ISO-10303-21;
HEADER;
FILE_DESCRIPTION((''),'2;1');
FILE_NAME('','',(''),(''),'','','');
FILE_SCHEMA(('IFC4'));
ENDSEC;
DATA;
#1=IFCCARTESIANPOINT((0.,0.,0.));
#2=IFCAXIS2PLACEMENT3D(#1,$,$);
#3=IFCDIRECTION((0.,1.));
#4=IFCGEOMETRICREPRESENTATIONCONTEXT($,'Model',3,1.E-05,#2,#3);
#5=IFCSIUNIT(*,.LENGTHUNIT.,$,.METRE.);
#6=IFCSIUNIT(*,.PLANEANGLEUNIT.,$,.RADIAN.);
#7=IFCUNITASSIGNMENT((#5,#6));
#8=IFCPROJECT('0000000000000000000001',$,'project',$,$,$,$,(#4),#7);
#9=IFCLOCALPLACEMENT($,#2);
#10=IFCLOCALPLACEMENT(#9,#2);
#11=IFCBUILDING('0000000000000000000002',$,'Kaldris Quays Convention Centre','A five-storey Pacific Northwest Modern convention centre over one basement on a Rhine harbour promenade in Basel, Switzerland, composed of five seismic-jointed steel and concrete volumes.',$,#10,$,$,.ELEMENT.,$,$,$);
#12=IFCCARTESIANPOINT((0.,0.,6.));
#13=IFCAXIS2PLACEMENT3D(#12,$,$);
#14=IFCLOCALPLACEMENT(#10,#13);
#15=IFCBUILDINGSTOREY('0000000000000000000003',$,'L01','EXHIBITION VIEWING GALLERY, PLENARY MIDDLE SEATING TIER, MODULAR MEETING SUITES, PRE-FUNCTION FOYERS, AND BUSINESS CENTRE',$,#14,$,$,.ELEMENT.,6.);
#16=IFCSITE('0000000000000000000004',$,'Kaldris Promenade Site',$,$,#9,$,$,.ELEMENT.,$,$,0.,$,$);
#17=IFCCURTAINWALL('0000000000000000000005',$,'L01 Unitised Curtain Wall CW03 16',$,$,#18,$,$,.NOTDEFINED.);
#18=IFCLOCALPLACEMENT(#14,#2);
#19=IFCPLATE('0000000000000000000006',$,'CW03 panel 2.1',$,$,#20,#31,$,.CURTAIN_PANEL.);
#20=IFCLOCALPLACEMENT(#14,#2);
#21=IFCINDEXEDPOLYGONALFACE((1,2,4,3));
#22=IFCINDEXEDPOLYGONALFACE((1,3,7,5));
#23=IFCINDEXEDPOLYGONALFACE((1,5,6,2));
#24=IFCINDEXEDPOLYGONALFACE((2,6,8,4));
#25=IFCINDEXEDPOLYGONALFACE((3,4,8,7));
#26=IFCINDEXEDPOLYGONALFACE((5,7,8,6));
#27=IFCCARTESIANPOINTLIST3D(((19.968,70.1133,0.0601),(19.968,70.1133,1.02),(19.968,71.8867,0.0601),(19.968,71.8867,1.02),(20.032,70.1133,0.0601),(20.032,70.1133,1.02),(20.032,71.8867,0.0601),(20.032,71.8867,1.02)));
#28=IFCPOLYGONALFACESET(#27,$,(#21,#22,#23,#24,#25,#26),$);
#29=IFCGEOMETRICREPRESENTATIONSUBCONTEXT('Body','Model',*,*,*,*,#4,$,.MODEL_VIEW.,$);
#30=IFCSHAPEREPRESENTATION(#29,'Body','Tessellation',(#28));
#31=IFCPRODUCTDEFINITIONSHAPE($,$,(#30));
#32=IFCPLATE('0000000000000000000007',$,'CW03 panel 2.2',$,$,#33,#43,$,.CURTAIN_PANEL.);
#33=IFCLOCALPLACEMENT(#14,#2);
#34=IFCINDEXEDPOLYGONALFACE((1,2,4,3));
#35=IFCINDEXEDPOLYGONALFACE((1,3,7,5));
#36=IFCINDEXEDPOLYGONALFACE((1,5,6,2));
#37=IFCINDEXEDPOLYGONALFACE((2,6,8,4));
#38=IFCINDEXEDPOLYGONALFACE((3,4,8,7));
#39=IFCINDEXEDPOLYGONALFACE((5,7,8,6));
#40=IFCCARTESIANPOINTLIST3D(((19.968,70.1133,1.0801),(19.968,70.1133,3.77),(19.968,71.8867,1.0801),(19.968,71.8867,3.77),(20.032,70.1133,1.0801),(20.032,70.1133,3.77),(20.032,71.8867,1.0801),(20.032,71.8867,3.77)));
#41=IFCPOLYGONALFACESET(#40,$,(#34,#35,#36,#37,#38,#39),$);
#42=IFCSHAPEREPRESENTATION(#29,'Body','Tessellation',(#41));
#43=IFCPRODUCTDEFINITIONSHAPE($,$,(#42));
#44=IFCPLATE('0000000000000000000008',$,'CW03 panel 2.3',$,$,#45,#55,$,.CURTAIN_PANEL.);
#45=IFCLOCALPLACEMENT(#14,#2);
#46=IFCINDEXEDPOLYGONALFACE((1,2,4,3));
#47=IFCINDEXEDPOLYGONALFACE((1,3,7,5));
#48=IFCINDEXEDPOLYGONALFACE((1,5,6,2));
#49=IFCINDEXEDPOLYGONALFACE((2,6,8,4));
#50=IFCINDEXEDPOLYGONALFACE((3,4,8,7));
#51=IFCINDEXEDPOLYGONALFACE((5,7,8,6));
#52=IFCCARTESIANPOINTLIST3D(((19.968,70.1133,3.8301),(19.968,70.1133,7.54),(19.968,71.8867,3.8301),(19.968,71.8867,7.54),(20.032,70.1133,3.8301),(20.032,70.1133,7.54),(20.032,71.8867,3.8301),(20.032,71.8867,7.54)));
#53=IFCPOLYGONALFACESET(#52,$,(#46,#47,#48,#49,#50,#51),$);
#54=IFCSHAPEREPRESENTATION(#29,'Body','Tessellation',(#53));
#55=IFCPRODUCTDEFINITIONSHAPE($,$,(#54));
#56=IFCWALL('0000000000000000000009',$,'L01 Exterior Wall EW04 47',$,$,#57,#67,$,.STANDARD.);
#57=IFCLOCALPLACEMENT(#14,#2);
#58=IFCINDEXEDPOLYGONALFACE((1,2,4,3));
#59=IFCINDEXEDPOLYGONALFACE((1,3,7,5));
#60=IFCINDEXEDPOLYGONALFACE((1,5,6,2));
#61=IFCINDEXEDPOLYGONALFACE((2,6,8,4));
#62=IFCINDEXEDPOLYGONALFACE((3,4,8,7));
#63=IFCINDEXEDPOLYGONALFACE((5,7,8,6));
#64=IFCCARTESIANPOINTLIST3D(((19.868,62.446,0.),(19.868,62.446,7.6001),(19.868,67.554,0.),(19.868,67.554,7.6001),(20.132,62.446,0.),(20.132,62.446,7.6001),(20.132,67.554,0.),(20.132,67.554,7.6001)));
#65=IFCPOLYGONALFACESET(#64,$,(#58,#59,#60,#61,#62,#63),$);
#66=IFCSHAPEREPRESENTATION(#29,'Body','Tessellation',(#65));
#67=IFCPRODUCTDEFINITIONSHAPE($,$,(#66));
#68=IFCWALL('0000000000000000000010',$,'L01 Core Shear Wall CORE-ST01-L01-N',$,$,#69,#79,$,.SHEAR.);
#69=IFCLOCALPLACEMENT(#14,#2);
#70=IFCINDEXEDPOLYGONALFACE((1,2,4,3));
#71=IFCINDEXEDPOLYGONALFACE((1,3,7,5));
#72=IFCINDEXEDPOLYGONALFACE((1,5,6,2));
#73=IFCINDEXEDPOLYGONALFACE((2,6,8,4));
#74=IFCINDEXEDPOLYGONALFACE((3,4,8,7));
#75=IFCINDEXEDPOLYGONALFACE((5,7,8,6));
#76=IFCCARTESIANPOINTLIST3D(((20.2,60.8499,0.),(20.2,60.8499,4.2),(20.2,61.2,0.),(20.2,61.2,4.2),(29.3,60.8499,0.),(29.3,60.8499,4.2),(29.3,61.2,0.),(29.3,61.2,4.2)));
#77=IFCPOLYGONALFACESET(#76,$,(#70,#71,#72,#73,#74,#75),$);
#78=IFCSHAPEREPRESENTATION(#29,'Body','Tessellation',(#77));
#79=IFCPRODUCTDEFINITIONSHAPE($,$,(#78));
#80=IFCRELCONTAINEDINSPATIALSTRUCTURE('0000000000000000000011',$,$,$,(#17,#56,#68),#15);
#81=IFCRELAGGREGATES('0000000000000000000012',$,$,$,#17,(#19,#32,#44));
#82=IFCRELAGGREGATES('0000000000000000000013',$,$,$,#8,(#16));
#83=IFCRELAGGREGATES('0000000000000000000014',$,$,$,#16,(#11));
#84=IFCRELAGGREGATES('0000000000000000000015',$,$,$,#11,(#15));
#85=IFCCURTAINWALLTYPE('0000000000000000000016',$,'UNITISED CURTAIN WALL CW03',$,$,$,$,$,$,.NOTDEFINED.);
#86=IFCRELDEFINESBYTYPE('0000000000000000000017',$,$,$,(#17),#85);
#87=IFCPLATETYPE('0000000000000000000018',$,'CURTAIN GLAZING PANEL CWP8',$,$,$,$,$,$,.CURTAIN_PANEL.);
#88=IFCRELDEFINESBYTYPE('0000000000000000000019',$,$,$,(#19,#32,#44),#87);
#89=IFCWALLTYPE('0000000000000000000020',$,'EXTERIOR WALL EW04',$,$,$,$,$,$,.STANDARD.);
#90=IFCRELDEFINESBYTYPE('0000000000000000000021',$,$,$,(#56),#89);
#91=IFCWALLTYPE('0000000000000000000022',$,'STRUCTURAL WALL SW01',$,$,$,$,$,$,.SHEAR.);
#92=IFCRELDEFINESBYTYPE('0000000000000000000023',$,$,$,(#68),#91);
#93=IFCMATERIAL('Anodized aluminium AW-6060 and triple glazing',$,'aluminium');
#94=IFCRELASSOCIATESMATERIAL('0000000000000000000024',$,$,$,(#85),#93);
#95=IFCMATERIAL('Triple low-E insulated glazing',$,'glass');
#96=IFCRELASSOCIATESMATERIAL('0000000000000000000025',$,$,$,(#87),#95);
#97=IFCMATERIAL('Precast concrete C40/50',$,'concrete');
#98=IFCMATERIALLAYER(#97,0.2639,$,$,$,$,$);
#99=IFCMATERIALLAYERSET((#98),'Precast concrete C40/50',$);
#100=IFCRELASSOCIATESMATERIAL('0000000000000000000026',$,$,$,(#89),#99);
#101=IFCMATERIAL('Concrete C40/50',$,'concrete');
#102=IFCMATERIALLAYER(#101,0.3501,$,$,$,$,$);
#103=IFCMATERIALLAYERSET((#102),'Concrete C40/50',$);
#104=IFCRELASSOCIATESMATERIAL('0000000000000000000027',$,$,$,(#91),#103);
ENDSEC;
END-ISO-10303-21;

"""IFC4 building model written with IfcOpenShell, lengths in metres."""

from ifc_helpers import new_model, si_unit, direction, frame, frame_2d, origin, origin_2d, place, context, subcontext, project, spatial, rectangle, extrude, material, layer, layer_set, type_object, element, aggregate, save


model = new_model("IFC4")

# Units and contexts
model_context = context("Model", 3, precision=1e-05, world=origin(), true_north=direction((0.0, 1.0)))
body_context = subcontext(model_context, "Body", "Model", "MODEL_VIEW")
ifc_project = project(units=[si_unit("LENGTHUNIT", "METRE"), si_unit("PLANEANGLEUNIT", "RADIAN")], contexts=[model_context])

# Site, building, storey
site_placement = place(None, origin())
site = spatial("IfcSite", under=ifc_project, at=site_placement, Name="Kaldris Promenade Site", CompositionType="ELEMENT", RefElevation=0.0)
building_placement = place(site_placement, origin())
building = spatial("IfcBuilding", under=site, at=building_placement, Name="Kaldris Quays Convention Centre", Description="A five-storey Pacific Northwest Modern convention centre over one basement on a Rhine harbour promenade in Basel, Switzerland, composed of five seismic-jointed steel and concrete volumes.", CompositionType="ELEMENT")
storey_placement = place(building_placement, frame((0.0, 0.0, 6.0)))
storey = spatial("IfcBuildingStorey", under=building, at=storey_placement, Name="L01", Description="EXHIBITION VIEWING GALLERY, PLENARY MIDDLE SEATING TIER, MODULAR MEETING SUITES, PRE-FUNCTION FOYERS, AND BUSINESS CENTRE", CompositionType="ELEMENT", Elevation=6.0)

# Shared definitions
ifc_material_1 = material(Name="Anodized aluminium AW-6060 and triple glazing", Category="aluminium")
curtain_wall_type = type_object("IfcCurtainWallType", Name="UNITISED CURTAIN WALL CW03", PredefinedType="NOTDEFINED", material=ifc_material_1)

# Curtain wall, plates
curtain_wall_1_placement = place(storey_placement, origin())
curtain_wall_1 = element("IfcCurtainWall", 1, at=curtain_wall_1_placement, inside=storey, type_object=curtain_wall_type, Name="L01 Unitised Curtain Wall CW03 16", PredefinedType="NOTDEFINED")
ifc_material_2 = material(Name="Triple low-E insulated glazing", Category="glass")
plate_type = type_object("IfcPlateType", Name="CURTAIN GLAZING PANEL CWP8", PredefinedType="CURTAIN_PANEL", material=ifc_material_2)
plate_1_placement = place(storey_placement, frame((20.0, 71.0, 0.0601), z_axis=(0.0, 0.0, 1.0), x_axis=(0.0, 1.0, 0.0)))
plate_1 = element("IfcPlate", 2, at=plate_1_placement, type_object=plate_type, Name="CW03 panel 2.1", PredefinedType="CURTAIN_PANEL", context=body_context, shape_type="SweptSolid", body=[
    extrude(rectangle(XDim=1.7734, YDim=0.064, at=origin_2d()), origin(), (0.0, 0.0, 1.0), 0.96),
])
plate_2_placement = place(storey_placement, frame((20.0, 71.0, 1.0801), z_axis=(0.0, 0.0, 1.0), x_axis=(0.0, 1.0, 0.0)))
plate_2 = element("IfcPlate", 3, at=plate_2_placement, type_object=plate_type, Name="CW03 panel 2.2", PredefinedType="CURTAIN_PANEL", context=body_context, shape_type="SweptSolid", body=[
    extrude(rectangle(XDim=1.7734, YDim=0.064, at=origin_2d()), origin(), (0.0, 0.0, 1.0), 2.6899),
])
plate_3_placement = place(storey_placement, frame((20.0, 71.0, 3.8301), z_axis=(0.0, 0.0, 1.0), x_axis=(0.0, 1.0, 0.0)))
plate_3 = element("IfcPlate", 4, at=plate_3_placement, type_object=plate_type, Name="CW03 panel 2.3", PredefinedType="CURTAIN_PANEL", context=body_context, shape_type="SweptSolid", body=[
    extrude(rectangle(XDim=1.7734, YDim=0.064, at=origin_2d()), origin(), (0.0, 0.0, 1.0), 3.71),
])
aggregate(curtain_wall_1, [plate_1, plate_2, plate_3])

# Walls
ifc_material_3 = material(Name="Precast concrete C40/50", Category="concrete")
ifc_layer_1 = layer(ifc_material_3, 0.2639)
ifc_layer_set_1 = layer_set([ifc_layer_1], Name="Precast concrete C40/50")
wall_type_1 = type_object("IfcWallType", Name="EXTERIOR WALL EW04", PredefinedType="STANDARD", material=ifc_layer_set_1)
wall_1_placement = place(storey_placement, frame((20.0, 62.446, 0.0), z_axis=(0.0, 0.0, 1.0), x_axis=(0.0, 1.0, 0.0)))
element("IfcWall", 5, at=wall_1_placement, inside=storey, type_object=wall_type_1, Name="L01 Exterior Wall EW04 47", PredefinedType="STANDARD", context=body_context, shape_type="SweptSolid", body=[
    extrude(rectangle(XDim=5.1079, YDim=0.2639, at=frame_2d((2.554, 0.0))), origin(), (0.0, 0.0, 1.0), 7.6001),
])
ifc_material_4 = material(Name="Concrete C40/50", Category="concrete")
ifc_layer_2 = layer(ifc_material_4, 0.3501)
ifc_layer_set_2 = layer_set([ifc_layer_2], Name="Concrete C40/50")
wall_type_2 = type_object("IfcWallType", Name="STRUCTURAL WALL SW01", PredefinedType="SHEAR", material=ifc_layer_set_2)
wall_2_placement = place(storey_placement, frame((20.2, 61.0249, 0.0), z_axis=(0.0, 0.0, 1.0), x_axis=(1.0, 0.0, 0.0)))
element("IfcWall", 6, at=wall_2_placement, inside=storey, type_object=wall_type_2, Name="L01 Core Shear Wall CORE-ST01-L01-N", PredefinedType="SHEAR", context=body_context, shape_type="SweptSolid", body=[
    extrude(rectangle(XDim=9.1001, YDim=0.3501, at=frame_2d((4.55, 0.0))), origin(), (0.0, 0.0, 1.0), 4.2),
])

save(model, "model.ifc")
